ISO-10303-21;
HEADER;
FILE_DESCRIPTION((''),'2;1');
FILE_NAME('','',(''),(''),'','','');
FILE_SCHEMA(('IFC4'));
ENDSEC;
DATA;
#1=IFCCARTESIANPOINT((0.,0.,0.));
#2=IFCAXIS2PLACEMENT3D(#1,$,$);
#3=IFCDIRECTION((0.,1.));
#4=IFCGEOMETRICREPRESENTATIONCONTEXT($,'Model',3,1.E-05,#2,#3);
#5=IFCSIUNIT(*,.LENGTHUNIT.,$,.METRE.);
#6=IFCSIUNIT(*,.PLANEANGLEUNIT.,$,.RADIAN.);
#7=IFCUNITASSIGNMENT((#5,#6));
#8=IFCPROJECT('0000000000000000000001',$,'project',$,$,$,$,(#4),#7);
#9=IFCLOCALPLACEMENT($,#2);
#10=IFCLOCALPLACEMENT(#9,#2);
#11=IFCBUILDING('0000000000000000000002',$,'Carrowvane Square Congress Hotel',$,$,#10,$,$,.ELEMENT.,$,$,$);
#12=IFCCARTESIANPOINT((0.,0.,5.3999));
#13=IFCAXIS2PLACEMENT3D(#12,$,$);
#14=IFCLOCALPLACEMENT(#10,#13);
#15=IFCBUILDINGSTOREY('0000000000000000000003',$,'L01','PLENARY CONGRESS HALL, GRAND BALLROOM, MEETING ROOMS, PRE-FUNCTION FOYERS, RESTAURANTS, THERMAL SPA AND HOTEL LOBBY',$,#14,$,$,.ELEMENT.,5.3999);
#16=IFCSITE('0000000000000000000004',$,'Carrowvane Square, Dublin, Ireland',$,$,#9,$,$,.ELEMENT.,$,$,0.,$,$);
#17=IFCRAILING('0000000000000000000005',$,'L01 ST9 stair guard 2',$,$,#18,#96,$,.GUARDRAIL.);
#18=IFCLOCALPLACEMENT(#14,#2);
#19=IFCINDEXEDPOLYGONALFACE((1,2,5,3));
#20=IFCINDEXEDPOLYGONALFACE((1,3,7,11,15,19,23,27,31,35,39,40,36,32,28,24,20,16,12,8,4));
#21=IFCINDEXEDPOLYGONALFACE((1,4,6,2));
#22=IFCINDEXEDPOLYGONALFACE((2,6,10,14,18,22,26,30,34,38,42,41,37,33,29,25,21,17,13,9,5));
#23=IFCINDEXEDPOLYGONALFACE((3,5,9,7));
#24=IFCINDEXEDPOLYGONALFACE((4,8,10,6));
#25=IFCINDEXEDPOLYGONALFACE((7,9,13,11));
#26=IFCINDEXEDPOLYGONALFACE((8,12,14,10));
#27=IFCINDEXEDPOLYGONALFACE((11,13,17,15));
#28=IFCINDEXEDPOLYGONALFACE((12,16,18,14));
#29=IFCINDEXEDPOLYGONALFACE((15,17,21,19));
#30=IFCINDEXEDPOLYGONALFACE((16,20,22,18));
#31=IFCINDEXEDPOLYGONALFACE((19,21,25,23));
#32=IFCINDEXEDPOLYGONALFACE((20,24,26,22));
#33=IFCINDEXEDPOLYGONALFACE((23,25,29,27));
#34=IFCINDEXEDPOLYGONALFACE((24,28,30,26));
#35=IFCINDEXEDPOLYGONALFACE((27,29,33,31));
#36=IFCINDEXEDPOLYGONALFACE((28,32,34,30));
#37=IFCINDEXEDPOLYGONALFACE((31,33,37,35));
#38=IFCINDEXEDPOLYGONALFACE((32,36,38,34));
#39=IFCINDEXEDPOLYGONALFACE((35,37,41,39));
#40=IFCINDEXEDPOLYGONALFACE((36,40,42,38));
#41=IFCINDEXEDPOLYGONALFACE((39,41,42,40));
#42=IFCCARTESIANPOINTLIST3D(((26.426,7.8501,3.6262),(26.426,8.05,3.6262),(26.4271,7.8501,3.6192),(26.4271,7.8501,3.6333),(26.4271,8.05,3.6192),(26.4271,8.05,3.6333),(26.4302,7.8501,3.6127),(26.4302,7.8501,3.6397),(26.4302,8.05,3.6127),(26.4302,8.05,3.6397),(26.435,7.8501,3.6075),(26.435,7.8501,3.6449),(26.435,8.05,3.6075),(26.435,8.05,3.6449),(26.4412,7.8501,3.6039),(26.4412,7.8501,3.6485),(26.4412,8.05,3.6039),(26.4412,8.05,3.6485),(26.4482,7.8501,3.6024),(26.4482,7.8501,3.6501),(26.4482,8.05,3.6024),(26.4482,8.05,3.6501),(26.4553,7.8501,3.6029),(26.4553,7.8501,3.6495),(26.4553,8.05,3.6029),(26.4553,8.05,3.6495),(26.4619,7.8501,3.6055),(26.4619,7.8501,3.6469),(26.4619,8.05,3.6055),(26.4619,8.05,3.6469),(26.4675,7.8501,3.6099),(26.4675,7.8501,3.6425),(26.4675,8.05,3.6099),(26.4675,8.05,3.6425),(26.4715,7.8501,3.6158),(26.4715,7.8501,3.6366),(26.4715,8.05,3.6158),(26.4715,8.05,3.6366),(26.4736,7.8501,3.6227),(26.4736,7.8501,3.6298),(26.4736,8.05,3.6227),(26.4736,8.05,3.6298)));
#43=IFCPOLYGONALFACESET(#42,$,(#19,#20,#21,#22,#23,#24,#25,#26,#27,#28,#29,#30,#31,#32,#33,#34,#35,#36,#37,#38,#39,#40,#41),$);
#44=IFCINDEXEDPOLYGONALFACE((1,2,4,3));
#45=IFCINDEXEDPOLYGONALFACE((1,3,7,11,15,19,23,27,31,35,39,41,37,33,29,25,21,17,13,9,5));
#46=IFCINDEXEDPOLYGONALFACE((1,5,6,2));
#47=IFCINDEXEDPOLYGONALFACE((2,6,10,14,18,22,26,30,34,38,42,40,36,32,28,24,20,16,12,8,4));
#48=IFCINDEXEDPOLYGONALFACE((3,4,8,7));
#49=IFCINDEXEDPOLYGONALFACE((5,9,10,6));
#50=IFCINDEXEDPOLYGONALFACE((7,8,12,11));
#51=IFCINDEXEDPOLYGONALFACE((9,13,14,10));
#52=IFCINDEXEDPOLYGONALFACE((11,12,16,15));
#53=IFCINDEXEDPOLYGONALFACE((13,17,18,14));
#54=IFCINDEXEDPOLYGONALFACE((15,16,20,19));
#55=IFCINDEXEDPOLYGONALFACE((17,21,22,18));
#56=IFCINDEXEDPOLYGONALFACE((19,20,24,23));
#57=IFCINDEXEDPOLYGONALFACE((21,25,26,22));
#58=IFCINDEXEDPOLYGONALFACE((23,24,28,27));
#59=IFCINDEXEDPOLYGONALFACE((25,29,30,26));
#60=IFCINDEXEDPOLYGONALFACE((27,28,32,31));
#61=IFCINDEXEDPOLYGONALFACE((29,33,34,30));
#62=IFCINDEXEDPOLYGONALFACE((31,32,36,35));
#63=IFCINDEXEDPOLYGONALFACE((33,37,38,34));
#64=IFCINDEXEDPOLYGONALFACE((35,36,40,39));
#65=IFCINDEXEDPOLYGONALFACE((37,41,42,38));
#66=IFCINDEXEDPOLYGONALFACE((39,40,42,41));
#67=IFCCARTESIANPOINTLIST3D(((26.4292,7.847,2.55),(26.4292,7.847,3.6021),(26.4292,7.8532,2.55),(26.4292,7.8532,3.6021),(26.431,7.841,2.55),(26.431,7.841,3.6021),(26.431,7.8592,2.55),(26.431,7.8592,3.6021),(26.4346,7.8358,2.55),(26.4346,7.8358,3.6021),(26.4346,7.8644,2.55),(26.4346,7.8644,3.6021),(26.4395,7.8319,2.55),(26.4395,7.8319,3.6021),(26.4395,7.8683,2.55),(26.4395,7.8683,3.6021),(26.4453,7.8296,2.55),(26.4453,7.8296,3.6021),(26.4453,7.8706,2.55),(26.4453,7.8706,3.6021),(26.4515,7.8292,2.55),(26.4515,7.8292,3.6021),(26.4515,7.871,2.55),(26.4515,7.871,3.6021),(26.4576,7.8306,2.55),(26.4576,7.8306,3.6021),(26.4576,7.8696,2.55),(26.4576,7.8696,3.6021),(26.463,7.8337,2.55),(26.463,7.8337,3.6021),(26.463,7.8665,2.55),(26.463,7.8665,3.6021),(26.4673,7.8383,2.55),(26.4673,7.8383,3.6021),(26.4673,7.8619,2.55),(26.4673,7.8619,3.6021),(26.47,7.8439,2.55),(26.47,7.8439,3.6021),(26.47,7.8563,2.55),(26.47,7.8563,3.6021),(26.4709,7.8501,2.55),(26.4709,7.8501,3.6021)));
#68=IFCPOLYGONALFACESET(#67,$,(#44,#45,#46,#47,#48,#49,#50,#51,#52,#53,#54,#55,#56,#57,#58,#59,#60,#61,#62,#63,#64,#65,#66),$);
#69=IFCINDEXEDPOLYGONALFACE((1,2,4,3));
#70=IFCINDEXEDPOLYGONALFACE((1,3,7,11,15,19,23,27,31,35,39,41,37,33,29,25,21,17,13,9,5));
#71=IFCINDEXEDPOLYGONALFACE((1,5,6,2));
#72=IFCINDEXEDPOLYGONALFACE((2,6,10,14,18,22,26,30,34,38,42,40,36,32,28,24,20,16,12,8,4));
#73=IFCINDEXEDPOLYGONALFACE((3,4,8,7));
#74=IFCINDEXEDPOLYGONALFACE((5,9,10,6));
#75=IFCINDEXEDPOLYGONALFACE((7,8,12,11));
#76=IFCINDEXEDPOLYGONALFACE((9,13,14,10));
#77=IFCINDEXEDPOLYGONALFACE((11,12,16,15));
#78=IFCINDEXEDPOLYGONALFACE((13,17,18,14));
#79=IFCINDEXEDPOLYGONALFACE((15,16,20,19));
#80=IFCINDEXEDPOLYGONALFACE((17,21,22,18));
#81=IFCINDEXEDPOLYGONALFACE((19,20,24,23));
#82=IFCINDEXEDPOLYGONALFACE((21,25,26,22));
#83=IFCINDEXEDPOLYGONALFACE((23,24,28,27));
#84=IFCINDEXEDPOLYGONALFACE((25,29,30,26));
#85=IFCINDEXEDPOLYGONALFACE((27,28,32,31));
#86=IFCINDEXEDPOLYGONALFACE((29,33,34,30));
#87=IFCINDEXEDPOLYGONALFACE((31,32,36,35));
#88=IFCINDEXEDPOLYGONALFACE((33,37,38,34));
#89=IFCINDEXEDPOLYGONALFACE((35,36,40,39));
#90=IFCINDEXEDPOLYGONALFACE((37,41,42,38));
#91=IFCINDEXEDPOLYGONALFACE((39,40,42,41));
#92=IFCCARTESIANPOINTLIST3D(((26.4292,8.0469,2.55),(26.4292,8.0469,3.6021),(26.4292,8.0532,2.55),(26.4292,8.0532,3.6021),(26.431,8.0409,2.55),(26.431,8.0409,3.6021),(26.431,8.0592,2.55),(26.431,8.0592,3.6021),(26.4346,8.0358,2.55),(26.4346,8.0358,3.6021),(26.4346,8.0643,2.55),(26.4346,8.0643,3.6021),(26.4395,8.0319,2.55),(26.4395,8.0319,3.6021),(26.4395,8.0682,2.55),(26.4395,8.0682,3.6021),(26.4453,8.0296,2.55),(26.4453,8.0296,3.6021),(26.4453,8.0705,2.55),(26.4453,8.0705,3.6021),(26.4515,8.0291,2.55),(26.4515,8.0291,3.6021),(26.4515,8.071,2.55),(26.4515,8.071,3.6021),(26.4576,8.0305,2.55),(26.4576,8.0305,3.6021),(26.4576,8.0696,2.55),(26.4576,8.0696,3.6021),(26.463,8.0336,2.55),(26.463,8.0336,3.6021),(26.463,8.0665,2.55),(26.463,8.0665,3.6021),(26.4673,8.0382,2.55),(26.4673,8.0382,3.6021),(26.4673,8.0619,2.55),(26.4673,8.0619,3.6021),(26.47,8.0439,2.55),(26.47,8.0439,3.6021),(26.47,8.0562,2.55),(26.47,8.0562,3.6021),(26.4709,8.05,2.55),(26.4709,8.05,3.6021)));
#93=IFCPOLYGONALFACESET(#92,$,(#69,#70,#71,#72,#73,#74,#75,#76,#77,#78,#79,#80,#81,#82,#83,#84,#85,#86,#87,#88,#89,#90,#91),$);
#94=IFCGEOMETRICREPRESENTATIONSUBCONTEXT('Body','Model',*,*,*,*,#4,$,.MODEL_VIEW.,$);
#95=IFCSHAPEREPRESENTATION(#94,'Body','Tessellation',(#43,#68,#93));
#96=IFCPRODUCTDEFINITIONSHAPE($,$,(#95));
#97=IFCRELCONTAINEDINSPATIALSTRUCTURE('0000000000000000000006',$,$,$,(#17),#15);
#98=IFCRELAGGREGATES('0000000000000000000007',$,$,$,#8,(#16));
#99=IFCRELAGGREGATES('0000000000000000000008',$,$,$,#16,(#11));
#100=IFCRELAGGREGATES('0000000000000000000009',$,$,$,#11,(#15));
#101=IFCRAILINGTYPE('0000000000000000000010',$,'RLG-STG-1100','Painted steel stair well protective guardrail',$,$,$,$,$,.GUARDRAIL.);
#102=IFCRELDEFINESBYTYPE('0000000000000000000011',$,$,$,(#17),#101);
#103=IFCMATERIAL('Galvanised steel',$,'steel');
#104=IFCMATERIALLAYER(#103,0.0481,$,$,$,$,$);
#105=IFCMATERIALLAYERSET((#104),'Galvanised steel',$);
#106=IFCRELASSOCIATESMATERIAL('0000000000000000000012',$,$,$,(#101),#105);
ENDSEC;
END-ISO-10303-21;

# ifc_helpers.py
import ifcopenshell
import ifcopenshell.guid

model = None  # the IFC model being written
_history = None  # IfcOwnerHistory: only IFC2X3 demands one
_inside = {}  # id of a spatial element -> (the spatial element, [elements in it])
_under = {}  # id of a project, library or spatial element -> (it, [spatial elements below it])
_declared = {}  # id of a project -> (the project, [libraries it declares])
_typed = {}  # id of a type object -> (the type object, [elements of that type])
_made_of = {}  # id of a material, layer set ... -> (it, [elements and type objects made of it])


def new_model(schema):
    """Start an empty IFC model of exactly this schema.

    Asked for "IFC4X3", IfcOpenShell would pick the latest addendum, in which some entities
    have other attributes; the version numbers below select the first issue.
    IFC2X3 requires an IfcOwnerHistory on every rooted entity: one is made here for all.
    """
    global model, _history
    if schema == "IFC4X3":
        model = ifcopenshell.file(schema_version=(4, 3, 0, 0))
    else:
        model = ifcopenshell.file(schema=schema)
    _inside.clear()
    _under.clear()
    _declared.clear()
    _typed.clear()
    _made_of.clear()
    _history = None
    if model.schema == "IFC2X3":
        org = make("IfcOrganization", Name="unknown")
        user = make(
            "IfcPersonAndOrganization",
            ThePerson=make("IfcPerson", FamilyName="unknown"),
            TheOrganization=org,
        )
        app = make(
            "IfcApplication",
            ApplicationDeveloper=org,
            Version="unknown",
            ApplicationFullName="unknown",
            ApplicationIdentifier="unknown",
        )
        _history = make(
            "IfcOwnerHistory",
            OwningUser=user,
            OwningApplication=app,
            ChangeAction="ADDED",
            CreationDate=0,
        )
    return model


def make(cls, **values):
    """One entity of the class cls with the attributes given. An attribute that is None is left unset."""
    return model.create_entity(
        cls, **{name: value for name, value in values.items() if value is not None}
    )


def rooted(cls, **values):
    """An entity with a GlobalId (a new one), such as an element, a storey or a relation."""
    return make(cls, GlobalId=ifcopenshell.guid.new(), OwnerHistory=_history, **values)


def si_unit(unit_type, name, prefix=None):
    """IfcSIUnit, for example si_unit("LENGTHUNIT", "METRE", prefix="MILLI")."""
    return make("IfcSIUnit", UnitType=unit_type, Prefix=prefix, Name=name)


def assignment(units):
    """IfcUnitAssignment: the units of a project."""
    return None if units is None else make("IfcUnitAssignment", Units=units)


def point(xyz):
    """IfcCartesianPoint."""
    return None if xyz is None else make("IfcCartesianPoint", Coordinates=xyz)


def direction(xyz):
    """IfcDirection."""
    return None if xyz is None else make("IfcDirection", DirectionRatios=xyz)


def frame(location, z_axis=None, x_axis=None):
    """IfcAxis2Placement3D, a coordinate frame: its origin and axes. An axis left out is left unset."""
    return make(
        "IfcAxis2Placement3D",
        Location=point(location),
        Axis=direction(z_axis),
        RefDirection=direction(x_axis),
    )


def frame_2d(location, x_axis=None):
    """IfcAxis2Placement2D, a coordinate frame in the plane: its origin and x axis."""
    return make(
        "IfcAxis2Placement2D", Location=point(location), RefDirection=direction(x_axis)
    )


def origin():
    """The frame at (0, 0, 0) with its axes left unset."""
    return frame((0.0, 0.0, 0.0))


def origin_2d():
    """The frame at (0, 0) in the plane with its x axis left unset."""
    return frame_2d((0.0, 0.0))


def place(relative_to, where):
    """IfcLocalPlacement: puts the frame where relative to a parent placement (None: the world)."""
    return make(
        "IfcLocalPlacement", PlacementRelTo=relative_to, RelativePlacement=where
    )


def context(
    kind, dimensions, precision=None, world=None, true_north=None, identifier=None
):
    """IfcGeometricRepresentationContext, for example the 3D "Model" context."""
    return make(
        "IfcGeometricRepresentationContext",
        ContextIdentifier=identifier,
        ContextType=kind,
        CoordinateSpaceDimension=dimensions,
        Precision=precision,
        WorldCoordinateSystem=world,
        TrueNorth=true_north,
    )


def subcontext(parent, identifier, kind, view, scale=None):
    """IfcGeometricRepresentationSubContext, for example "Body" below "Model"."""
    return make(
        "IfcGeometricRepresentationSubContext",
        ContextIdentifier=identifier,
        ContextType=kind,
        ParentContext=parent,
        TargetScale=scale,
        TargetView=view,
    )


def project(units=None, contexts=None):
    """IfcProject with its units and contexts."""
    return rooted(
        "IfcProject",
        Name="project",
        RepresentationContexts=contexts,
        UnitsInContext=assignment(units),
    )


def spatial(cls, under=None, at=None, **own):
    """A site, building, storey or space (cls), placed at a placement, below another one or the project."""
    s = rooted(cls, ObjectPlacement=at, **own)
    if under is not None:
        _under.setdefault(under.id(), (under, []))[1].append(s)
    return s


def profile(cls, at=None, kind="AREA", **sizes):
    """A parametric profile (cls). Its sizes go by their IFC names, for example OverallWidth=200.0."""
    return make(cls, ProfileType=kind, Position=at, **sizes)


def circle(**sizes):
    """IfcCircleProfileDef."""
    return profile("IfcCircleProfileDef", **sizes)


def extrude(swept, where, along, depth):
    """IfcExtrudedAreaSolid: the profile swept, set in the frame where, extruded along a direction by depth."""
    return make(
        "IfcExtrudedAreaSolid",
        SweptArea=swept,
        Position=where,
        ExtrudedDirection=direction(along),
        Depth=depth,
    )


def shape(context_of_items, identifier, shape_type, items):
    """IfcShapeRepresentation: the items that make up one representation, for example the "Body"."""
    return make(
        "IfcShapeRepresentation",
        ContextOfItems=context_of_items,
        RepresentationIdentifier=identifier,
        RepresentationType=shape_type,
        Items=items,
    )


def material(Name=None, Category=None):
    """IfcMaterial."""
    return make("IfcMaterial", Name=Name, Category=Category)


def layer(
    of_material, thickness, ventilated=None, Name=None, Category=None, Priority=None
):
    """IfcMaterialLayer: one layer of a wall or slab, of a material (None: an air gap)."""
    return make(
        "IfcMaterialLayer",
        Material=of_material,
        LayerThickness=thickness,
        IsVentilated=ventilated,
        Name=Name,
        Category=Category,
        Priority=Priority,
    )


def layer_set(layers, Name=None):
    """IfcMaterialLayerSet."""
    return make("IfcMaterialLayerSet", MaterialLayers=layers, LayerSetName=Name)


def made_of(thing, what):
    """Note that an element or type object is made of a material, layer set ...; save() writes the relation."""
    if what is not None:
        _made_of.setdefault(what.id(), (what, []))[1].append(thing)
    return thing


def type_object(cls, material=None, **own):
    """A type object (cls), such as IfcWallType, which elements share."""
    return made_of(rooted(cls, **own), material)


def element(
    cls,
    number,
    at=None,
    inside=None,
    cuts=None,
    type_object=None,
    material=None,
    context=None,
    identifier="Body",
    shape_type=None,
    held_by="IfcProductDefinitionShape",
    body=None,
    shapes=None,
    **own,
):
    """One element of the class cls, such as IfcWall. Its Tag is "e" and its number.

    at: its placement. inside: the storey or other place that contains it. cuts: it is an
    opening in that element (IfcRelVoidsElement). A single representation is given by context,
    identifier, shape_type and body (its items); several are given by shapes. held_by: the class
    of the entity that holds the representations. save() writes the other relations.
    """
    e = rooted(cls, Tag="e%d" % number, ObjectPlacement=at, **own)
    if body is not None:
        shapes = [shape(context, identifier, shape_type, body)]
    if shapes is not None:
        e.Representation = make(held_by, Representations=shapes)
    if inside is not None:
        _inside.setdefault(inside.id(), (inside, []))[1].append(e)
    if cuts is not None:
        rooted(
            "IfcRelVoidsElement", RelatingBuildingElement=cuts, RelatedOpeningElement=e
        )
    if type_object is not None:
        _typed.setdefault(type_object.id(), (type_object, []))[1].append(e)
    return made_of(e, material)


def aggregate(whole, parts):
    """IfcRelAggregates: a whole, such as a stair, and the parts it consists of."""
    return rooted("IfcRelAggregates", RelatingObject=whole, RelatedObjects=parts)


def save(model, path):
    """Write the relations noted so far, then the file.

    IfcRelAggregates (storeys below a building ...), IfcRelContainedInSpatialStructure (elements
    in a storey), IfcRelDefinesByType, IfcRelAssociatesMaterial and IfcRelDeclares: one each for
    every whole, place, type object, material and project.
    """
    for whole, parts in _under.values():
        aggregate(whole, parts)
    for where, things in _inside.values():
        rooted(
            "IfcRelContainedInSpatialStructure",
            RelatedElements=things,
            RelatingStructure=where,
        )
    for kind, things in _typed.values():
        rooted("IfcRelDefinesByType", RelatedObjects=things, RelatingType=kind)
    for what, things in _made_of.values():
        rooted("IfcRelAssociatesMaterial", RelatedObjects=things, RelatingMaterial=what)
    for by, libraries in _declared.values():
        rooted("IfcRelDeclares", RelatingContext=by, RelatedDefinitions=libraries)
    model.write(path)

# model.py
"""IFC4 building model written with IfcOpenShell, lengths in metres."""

from ifc_helpers import new_model, si_unit, direction, frame, origin, origin_2d, place, context, subcontext, project, spatial, circle, extrude, material, layer, layer_set, type_object, element, save


model = new_model("IFC4")

# Units and contexts
model_context = context("Model", 3, precision=1e-05, world=origin(), true_north=direction((0.0, 1.0)))
body_context = subcontext(model_context, "Body", "Model", "MODEL_VIEW")
ifc_project = project(units=[si_unit("LENGTHUNIT", "METRE"), si_unit("PLANEANGLEUNIT", "RADIAN")], contexts=[model_context])

# Site, building, storey
site_placement = place(None, origin())
site = spatial("IfcSite", under=ifc_project, at=site_placement, Name="Carrowvane Square, Dublin, Ireland", CompositionType="ELEMENT", RefElevation=0.0)
building_placement = place(site_placement, origin())
building = spatial("IfcBuilding", under=site, at=building_placement, Name="Carrowvane Square Congress Hotel", CompositionType="ELEMENT")
storey_placement = place(building_placement, frame((0.0, 0.0, 5.3999)))
storey = spatial("IfcBuildingStorey", under=building, at=storey_placement, Name="L01", Description="PLENARY CONGRESS HALL, GRAND BALLROOM, MEETING ROOMS, PRE-FUNCTION FOYERS, RESTAURANTS, THERMAL SPA AND HOTEL LOBBY", CompositionType="ELEMENT", Elevation=5.3999)

# Railing
ifc_material_1 = material(Name="Galvanised steel", Category="steel")
ifc_layer_1 = layer(ifc_material_1, 0.0481)
ifc_layer_set_1 = layer_set([ifc_layer_1], Name="Galvanised steel")
railing_type_1 = type_object("IfcRailingType", Name="RLG-STG-1100", Description="Painted steel stair well protective guardrail", PredefinedType="GUARDRAIL", material=ifc_layer_set_1)
railing_1_placement = place(storey_placement, frame((26.45, 7.8501, 2.55)))
element("IfcRailing", 1, at=railing_1_placement, inside=storey, type_object=railing_type_1, Name="L01 ST9 stair guard 2", PredefinedType="GUARDRAIL", context=body_context, shape_type="SweptSolid", body=[
    extrude(circle(Radius=0.0239, at=origin_2d()), frame((0.0, 0.0, 1.0762), z_axis=(0.0, 1.0, 0.0), x_axis=(-1.0, 0.0, 0.0)), (0.0, 0.0, 1.0), 0.2),
    extrude(circle(Radius=0.021, at=origin_2d()), origin(), (0.0, 0.0, 1.0), 1.052),
    extrude(circle(Radius=0.021, at=origin_2d()), frame((0.0, 0.2, 0.0)), (0.0, 0.0, 1.0), 1.052),
])

save(model, "model.ifc")
